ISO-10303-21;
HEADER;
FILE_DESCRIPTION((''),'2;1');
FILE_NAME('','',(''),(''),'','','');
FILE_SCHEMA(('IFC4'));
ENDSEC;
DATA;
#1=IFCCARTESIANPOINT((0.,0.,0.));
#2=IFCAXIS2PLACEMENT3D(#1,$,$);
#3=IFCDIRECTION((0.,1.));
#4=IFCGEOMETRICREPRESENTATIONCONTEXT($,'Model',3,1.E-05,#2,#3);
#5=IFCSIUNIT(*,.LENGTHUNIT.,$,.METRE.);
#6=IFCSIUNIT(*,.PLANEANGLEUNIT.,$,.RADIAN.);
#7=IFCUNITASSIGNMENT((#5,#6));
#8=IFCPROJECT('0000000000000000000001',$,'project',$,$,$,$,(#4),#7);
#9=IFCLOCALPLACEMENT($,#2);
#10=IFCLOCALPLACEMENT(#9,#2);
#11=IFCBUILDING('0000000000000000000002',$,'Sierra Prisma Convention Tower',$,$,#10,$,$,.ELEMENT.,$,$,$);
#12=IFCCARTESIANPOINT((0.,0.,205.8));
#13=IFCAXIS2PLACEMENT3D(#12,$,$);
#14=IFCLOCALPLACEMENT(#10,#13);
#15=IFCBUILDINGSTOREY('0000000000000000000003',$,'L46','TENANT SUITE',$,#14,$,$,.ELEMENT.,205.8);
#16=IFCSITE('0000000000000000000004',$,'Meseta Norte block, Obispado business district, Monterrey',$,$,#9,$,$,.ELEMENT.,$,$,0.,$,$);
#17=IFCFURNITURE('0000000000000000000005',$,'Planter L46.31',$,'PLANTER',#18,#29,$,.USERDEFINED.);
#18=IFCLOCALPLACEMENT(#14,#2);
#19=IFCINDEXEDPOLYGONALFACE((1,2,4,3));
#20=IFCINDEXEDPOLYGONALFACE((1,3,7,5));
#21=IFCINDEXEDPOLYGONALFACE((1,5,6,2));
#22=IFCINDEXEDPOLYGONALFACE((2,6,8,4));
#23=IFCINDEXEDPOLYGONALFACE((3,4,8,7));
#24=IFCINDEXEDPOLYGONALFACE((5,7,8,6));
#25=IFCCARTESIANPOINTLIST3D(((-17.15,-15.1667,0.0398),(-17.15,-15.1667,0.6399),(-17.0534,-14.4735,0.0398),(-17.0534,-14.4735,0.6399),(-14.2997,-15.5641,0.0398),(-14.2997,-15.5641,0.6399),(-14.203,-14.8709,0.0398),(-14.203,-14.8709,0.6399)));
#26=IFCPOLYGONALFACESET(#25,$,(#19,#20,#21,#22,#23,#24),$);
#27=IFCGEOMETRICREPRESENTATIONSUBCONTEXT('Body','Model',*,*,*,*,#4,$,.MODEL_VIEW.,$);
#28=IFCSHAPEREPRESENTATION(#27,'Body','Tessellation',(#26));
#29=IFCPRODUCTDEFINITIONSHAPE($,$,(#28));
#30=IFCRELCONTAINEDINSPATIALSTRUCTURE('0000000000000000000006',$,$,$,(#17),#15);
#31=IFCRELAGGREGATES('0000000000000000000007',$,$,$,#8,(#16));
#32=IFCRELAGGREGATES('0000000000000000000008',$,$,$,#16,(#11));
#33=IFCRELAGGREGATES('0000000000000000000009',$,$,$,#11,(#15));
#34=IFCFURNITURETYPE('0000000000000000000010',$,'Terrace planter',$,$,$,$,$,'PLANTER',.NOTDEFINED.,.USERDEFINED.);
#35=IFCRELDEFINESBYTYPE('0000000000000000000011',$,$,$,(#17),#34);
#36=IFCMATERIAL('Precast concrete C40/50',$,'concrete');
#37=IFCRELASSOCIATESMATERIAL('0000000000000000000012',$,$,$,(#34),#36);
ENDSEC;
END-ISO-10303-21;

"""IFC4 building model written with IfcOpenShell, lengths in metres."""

from ifc_helpers import new_model, si_unit, direction, frame, origin, origin_2d, place, context, subcontext, project, spatial, rectangle, extrude, material, type_object, element, save


model = new_model("IFC4")

# Units and contexts
model_context = context("Model", 3, precision=1e-05, world=origin(), true_north=direction((0.0, 1.0)))
body_context = subcontext(model_context, "Body", "Model", "MODEL_VIEW")
ifc_project = project(units=[si_unit("LENGTHUNIT", "METRE"), si_unit("PLANEANGLEUNIT", "RADIAN")], contexts=[model_context])

# Site, building, storey
site_placement = place(None, origin())
site = spatial("IfcSite", under=ifc_project, at=site_placement, Name="Meseta Norte block, Obispado business district, Monterrey", CompositionType="ELEMENT", RefElevation=0.0)
building_placement = place(site_placement, origin())
building = spatial("IfcBuilding", under=site, at=building_placement, Name="Sierra Prisma Convention Tower", CompositionType="ELEMENT")
storey_placement = place(building_placement, frame((0.0, 0.0, 205.8)))
storey = spatial("IfcBuildingStorey", under=building, at=storey_placement, Name="L46", Description="TENANT SUITE", CompositionType="ELEMENT", Elevation=205.8)

# Furniture
ifc_material_1 = material(Name="Precast concrete C40/50", Category="concrete")
furniture_type = type_object("IfcFurnitureType", Name="Terrace planter", ElementType="PLANTER", AssemblyPlace="NOTDEFINED", PredefinedType="USERDEFINED", material=ifc_material_1)
furniture_1_placement = place(storey_placement, frame((-15.6765, -15.0188, 0.0398), z_axis=(0.0, 0.0, 1.0), x_axis=(0.990422, -0.138071, 0.0)))
element("IfcFurniture", 1, at=furniture_1_placement, inside=storey, type_object=furniture_type, Name="Planter L46.31", ObjectType="PLANTER", PredefinedType="USERDEFINED", context=body_context, shape_type="SweptSolid", body=[
    extrude(rectangle(XDim=2.8779, YDim=0.7, at=origin_2d()), origin(), (0.0, 0.0, 1.0), 0.6001),
])

save(model, "model.ifc")
